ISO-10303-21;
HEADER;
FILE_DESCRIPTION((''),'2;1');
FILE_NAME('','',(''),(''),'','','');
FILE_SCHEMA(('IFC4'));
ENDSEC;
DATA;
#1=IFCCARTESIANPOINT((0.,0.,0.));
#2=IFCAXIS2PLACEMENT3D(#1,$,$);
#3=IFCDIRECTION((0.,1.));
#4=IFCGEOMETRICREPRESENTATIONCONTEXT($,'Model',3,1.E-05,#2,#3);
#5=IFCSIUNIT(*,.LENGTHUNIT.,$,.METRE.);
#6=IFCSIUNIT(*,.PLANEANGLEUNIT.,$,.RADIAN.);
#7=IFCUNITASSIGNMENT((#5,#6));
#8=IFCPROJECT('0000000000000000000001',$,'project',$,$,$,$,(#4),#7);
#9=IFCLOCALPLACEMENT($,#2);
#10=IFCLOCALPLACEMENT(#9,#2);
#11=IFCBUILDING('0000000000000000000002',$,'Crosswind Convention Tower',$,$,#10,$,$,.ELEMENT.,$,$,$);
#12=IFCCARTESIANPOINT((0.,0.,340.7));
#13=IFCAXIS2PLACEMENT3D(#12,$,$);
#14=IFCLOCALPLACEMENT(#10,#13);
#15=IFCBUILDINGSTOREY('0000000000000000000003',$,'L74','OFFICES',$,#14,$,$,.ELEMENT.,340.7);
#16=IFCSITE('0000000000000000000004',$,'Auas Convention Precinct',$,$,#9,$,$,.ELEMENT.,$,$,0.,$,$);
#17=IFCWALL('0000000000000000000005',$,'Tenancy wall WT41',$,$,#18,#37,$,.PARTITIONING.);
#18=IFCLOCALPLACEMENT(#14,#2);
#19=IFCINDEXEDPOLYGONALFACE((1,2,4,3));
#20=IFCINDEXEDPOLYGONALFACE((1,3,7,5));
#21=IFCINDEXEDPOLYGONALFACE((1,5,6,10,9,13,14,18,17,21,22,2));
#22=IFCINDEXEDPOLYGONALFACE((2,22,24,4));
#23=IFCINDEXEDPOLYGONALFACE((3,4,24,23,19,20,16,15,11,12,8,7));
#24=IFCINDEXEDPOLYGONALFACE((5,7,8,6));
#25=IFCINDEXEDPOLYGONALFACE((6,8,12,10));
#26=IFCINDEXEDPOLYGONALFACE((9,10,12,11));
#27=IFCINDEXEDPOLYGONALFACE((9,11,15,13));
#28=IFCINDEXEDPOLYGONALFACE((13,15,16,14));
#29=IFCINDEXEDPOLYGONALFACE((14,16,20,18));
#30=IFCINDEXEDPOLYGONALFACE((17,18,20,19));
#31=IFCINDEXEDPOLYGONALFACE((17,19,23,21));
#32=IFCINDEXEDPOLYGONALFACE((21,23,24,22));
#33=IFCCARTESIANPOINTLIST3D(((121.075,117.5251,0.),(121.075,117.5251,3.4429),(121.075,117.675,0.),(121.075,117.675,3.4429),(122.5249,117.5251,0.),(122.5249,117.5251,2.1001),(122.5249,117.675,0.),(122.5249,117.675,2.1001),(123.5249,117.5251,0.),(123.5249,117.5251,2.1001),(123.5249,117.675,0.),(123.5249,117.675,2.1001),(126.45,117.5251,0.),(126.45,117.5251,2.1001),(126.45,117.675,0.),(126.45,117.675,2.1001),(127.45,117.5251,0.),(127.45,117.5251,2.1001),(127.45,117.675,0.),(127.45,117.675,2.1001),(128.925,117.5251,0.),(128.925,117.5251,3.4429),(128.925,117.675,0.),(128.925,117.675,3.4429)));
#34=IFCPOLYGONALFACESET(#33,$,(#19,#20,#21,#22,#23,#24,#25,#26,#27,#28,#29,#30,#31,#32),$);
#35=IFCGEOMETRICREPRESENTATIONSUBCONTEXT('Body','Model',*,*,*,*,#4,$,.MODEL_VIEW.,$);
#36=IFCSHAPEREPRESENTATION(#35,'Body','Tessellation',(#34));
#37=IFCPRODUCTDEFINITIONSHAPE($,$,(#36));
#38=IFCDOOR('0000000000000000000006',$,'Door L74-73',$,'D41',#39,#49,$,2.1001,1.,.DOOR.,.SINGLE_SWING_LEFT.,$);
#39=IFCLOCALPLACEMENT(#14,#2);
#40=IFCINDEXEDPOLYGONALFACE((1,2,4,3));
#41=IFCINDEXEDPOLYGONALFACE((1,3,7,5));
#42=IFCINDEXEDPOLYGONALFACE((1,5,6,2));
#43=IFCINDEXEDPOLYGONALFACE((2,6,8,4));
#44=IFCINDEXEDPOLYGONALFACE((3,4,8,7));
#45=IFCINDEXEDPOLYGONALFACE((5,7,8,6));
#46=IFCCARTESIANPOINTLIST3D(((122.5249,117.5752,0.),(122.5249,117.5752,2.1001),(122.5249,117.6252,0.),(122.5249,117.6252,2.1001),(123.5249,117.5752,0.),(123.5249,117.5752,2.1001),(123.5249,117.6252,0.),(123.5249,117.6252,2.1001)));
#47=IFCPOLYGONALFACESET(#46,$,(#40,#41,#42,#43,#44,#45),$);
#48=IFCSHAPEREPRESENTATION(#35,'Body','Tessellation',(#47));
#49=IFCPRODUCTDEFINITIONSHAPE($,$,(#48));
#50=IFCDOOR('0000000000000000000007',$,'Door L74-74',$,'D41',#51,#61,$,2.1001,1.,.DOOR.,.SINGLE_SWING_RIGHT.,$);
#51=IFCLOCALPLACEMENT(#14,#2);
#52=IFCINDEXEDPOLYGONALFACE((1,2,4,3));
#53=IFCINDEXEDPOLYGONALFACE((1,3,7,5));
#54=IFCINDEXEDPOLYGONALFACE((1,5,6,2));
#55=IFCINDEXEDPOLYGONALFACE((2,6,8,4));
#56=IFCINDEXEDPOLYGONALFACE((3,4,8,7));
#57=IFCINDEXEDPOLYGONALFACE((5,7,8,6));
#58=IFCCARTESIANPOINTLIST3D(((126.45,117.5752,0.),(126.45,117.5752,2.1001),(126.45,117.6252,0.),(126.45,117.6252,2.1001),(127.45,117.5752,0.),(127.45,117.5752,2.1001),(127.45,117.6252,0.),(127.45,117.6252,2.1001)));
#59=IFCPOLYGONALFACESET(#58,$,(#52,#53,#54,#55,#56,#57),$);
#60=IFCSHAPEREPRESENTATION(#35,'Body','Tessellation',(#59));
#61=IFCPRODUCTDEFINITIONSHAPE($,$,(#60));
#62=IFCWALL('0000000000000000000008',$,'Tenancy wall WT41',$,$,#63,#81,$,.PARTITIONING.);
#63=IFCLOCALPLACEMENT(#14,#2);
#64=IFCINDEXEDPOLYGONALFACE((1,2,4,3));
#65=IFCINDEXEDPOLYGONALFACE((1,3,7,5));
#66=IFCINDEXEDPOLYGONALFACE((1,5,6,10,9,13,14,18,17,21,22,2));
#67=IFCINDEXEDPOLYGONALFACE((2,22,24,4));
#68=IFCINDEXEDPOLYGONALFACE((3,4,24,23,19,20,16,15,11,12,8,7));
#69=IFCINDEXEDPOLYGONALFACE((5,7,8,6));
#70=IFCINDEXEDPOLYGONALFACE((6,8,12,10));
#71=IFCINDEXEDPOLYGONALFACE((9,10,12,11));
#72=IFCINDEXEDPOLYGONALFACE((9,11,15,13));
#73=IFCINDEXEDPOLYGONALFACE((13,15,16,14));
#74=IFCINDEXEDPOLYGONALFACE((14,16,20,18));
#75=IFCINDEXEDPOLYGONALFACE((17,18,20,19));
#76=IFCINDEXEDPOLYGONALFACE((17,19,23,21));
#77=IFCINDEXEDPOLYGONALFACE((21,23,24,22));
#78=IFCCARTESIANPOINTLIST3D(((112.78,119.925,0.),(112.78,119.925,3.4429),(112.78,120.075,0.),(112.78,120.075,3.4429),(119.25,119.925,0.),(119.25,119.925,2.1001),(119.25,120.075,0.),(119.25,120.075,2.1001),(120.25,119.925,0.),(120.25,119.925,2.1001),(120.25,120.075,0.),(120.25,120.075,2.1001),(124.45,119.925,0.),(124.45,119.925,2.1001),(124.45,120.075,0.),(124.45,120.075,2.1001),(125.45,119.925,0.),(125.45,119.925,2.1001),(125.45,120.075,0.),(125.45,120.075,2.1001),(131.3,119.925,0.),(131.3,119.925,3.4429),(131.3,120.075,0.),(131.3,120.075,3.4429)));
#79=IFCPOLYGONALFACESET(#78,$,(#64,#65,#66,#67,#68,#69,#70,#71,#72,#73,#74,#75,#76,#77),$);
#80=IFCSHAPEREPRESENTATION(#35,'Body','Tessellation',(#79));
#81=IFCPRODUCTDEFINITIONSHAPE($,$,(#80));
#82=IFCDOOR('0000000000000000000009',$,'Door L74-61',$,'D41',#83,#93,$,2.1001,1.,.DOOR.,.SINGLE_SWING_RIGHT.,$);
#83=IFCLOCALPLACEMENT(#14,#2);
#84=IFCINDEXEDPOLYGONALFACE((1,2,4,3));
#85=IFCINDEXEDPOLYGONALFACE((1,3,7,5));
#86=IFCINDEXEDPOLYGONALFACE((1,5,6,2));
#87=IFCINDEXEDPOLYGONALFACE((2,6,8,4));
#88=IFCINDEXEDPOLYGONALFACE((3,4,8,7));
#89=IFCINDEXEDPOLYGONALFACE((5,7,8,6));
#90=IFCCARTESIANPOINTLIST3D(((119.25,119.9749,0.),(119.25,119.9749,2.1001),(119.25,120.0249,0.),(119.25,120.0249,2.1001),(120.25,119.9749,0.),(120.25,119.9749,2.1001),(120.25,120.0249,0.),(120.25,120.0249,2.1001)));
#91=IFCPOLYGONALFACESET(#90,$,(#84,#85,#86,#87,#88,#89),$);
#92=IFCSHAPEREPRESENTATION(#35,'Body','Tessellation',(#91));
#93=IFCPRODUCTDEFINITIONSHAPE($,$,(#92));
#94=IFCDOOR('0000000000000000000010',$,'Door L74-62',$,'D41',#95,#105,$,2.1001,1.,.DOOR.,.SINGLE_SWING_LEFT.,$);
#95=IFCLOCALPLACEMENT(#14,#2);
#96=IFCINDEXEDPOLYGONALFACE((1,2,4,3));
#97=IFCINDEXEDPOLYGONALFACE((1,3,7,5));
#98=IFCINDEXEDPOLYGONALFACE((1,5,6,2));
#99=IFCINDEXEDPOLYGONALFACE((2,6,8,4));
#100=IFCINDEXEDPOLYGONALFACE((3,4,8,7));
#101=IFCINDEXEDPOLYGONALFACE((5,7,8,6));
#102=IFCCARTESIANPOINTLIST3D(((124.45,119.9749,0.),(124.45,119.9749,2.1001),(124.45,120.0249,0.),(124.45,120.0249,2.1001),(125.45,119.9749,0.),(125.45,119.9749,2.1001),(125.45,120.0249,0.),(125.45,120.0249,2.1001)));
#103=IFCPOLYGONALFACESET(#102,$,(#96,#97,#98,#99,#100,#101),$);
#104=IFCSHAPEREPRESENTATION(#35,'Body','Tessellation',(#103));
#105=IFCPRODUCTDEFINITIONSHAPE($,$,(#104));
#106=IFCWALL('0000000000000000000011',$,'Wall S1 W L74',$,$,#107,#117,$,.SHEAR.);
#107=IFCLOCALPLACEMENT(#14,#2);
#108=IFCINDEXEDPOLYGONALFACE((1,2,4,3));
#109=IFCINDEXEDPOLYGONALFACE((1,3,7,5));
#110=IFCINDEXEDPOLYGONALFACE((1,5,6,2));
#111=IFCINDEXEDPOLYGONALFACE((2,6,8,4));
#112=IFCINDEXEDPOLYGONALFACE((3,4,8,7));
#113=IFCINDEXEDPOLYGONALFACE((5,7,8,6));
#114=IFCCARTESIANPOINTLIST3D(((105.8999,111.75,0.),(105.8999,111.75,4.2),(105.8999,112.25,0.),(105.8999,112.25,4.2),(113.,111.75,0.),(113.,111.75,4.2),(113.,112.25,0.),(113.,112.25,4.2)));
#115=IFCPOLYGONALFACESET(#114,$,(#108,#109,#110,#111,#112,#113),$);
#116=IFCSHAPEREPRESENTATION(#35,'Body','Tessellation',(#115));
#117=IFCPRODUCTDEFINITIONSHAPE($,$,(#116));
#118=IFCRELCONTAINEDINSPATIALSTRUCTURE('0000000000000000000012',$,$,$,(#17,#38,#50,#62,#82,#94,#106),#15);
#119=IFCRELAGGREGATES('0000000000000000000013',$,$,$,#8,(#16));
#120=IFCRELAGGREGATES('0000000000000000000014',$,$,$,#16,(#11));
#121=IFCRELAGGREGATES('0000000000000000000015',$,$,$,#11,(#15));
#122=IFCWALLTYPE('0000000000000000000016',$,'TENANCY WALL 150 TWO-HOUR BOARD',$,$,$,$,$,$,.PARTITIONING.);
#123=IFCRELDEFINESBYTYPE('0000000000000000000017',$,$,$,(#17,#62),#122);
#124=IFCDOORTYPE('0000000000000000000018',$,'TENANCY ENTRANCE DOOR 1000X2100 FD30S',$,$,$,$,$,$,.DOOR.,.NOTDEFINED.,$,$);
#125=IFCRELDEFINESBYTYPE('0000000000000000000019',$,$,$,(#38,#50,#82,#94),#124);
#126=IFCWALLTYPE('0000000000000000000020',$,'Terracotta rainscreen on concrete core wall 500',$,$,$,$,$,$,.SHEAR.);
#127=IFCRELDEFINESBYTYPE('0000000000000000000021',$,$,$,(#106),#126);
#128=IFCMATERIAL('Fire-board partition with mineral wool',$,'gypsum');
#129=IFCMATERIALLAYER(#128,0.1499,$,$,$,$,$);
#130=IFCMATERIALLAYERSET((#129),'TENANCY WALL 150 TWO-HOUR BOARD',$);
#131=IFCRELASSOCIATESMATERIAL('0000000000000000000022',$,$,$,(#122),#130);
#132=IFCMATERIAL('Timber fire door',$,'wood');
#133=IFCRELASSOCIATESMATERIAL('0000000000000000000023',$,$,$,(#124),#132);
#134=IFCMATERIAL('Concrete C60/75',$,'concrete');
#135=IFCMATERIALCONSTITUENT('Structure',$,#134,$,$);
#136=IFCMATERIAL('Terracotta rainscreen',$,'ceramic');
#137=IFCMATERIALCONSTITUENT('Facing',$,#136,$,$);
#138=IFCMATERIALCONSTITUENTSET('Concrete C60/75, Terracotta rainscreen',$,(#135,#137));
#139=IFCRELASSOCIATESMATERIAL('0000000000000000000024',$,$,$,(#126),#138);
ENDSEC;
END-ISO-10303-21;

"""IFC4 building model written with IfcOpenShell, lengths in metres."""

from ifc_helpers import new_model, si_unit, direction, frame, frame_2d, origin, place, context, subcontext, project, spatial, rectangle, extrude, material, layer, layer_set, constituent, constituent_set, type_object, element, fill, save


model = new_model("IFC4")

# Units and contexts
model_context = context("Model", 3, precision=1e-05, world=origin(), true_north=direction((0.0, 1.0)))
body_context = subcontext(model_context, "Body", "Model", "MODEL_VIEW")
ifc_project = project(units=[si_unit("LENGTHUNIT", "METRE"), si_unit("PLANEANGLEUNIT", "RADIAN")], contexts=[model_context])

# Site, building, storey
site_placement = place(None, origin())
site = spatial("IfcSite", under=ifc_project, at=site_placement, Name="Auas Convention Precinct", CompositionType="ELEMENT", RefElevation=0.0)
building_placement = place(site_placement, origin())
building = spatial("IfcBuilding", under=site, at=building_placement, Name="Crosswind Convention Tower", CompositionType="ELEMENT")
storey_placement = place(building_placement, frame((0.0, 0.0, 340.7)))
storey = spatial("IfcBuildingStorey", under=building, at=storey_placement, Name="L74", Description="OFFICES", CompositionType="ELEMENT", Elevation=340.7)

# Shared definitions
ifc_material_1 = material(Name="Concrete C60/75", Category="concrete")

# Shared definitions
ifc_material_2 = material(Name="Fire-board partition with mineral wool", Category="gypsum")
ifc_layer_1 = layer(ifc_material_2, 0.1499)
ifc_layer_set_1 = layer_set([ifc_layer_1], Name="TENANCY WALL 150 TWO-HOUR BOARD")
wall_type_1 = type_object("IfcWallType", Name="TENANCY WALL 150 TWO-HOUR BOARD", PredefinedType="PARTITIONING", material=ifc_layer_set_1)

# Walls, openings, doors
wall_1_placement = place(storey_placement, frame((121.075, 117.6001, 0.0), z_axis=(0.0, 0.0, 1.0), x_axis=(1.0, 0.0, 0.0)))
wall_1 = element("IfcWall", 1, at=wall_1_placement, inside=storey, type_object=wall_type_1, Name="Tenancy wall WT41", PredefinedType="PARTITIONING", context=body_context, shape_type="SweptSolid", body=[
    extrude(rectangle(XDim=7.8501, YDim=0.1499, at=frame_2d((3.925, 0.0))), origin(), (0.0, 0.0, 1.0), 3.4429),
])
opening_1_placement = place(wall_1_placement, frame((1.45, 0.0, 0.0)))
opening_1 = element("IfcOpeningElement", 2, at=opening_1_placement, cuts=wall_1, PredefinedType="OPENING", context=body_context, shape_type="SweptSolid", body=[
    extrude(rectangle(XDim=1.0, YDim=2.1001, at=frame_2d((0.5, 1.05))), frame((0.0, 0.085, 0.0), z_axis=(0.0, -1.0, 0.0), x_axis=(1.0, 0.0, 0.0)), (0.0, 0.0, 1.0), 0.1699),
])
opening_2_placement = place(wall_1_placement, frame((5.375, 0.0, 0.0)))
opening_2 = element("IfcOpeningElement", 3, at=opening_2_placement, cuts=wall_1, PredefinedType="OPENING", context=body_context, shape_type="SweptSolid", body=[
    extrude(rectangle(XDim=1.0, YDim=2.1001, at=frame_2d((0.5, 1.05))), frame((0.0, 0.085, 0.0), z_axis=(0.0, -1.0, 0.0), x_axis=(1.0, 0.0, 0.0)), (0.0, 0.0, 1.0), 0.1699),
])
ifc_material_3 = material(Name="Timber fire door", Category="wood")
door_type = type_object("IfcDoorType", Name="TENANCY ENTRANCE DOOR 1000X2100 FD30S", OperationType="NOTDEFINED", PredefinedType="DOOR", material=ifc_material_3)
door_1_placement = place(opening_1_placement, frame((1.0, 0.0, 0.0), z_axis=(0.0, 0.0, 1.0), x_axis=(-1.0, 0.0, 0.0)))
door_1 = element("IfcDoor", 4, at=door_1_placement, inside=storey, type_object=door_type, Name="Door L74-73", ObjectType="D41", OperationType="SINGLE_SWING_LEFT", OverallHeight=2.1001, OverallWidth=1.0, PredefinedType="DOOR", context=body_context, shape_type="SweptSolid", body=[
    extrude(rectangle(XDim=1.0, YDim=2.1001, at=frame_2d((0.5, 1.05))), frame((0.0, 0.0249, 0.0), z_axis=(0.0, -1.0, 0.0), x_axis=(1.0, 0.0, 0.0)), (0.0, 0.0, 1.0), 0.05),
])
fill(opening_1, door_1)
door_2_placement = place(opening_2_placement, frame((1.0, 0.0, 0.0), z_axis=(0.0, 0.0, 1.0), x_axis=(-1.0, 0.0, 0.0)))
door_2 = element("IfcDoor", 5, at=door_2_placement, inside=storey, type_object=door_type, Name="Door L74-74", ObjectType="D41", OperationType="SINGLE_SWING_RIGHT", OverallHeight=2.1001, OverallWidth=1.0, PredefinedType="DOOR", context=body_context, shape_type="SweptSolid", body=[
    extrude(rectangle(XDim=1.0, YDim=2.1001, at=frame_2d((0.5, 1.05))), frame((0.0, 0.0249, 0.0), z_axis=(0.0, -1.0, 0.0), x_axis=(1.0, 0.0, 0.0)), (0.0, 0.0, 1.0), 0.05),
])
fill(opening_2, door_2)
wall_2_placement = place(storey_placement, frame((112.78, 120.0, 0.0), z_axis=(0.0, 0.0, 1.0), x_axis=(1.0, 0.0, 0.0)))
wall_2 = element("IfcWall", 6, at=wall_2_placement, inside=storey, type_object=wall_type_1, Name="Tenancy wall WT41", PredefinedType="PARTITIONING", context=body_context, shape_type="SweptSolid", body=[
    extrude(rectangle(XDim=18.52, YDim=0.1499, at=frame_2d((9.26, 0.0))), origin(), (0.0, 0.0, 1.0), 3.4429),
])
opening_3_placement = place(wall_2_placement, frame((6.47, 0.0, 0.0)))
opening_3 = element("IfcOpeningElement", 7, at=opening_3_placement, cuts=wall_2, PredefinedType="OPENING", context=body_context, shape_type="SweptSolid", body=[
    extrude(rectangle(XDim=1.0, YDim=2.1001, at=frame_2d((0.5, 1.05))), frame((0.0, 0.085, 0.0), z_axis=(0.0, -1.0, 0.0), x_axis=(1.0, 0.0, 0.0)), (0.0, 0.0, 1.0), 0.1699),
])
opening_4_placement = place(wall_2_placement, frame((11.6699, 0.0, 0.0)))
opening_4 = element("IfcOpeningElement", 8, at=opening_4_placement, cuts=wall_2, PredefinedType="OPENING", context=body_context, shape_type="SweptSolid", body=[
    extrude(rectangle(XDim=1.0, YDim=2.1001, at=frame_2d((0.5, 1.05))), frame((0.0, 0.085, 0.0), z_axis=(0.0, -1.0, 0.0), x_axis=(1.0, 0.0, 0.0)), (0.0, 0.0, 1.0), 0.1699),
])
door_3_placement = place(opening_3_placement, origin())
door_3 = element("IfcDoor", 9, at=door_3_placement, inside=storey, type_object=door_type, Name="Door L74-61", ObjectType="D41", OperationType="SINGLE_SWING_RIGHT", OverallHeight=2.1001, OverallWidth=1.0, PredefinedType="DOOR", context=body_context, shape_type="SweptSolid", body=[
    extrude(rectangle(XDim=1.0, YDim=2.1001, at=frame_2d((0.5, 1.05))), frame((0.0, 0.0249, 0.0), z_axis=(0.0, -1.0, 0.0), x_axis=(1.0, 0.0, 0.0)), (0.0, 0.0, 1.0), 0.05),
])
fill(opening_3, door_3)
door_4_placement = place(opening_4_placement, origin())
door_4 = element("IfcDoor", 10, at=door_4_placement, inside=storey, type_object=door_type, Name="Door L74-62", ObjectType="D41", OperationType="SINGLE_SWING_LEFT", OverallHeight=2.1001, OverallWidth=1.0, PredefinedType="DOOR", context=body_context, shape_type="SweptSolid", body=[
    extrude(rectangle(XDim=1.0, YDim=2.1001, at=frame_2d((0.5, 1.05))), frame((0.0, 0.0249, 0.0), z_axis=(0.0, -1.0, 0.0), x_axis=(1.0, 0.0, 0.0)), (0.0, 0.0, 1.0), 0.05),
])
fill(opening_4, door_4)

# Wall
ifc_constituent_1 = constituent(ifc_material_1, Name="Structure")
ifc_material_4 = material(Name="Terracotta rainscreen", Category="ceramic")
ifc_constituent_2 = constituent(ifc_material_4, Name="Facing")
ifc_constituent_set = constituent_set(constituents=[ifc_constituent_1, ifc_constituent_2], Name="Concrete C60/75, Terracotta rainscreen")
wall_type_2 = type_object("IfcWallType", Name="Terracotta rainscreen on concrete core wall 500", PredefinedType="SHEAR", material=ifc_constituent_set)
wall_3_placement = place(storey_placement, frame((113.0, 112.0, 0.0), z_axis=(0.0, 0.0, 1.0), x_axis=(-1.0, 0.0, 0.0)))
element("IfcWall", 11, at=wall_3_placement, inside=storey, type_object=wall_type_2, Name="Wall S1 W L74", PredefinedType="SHEAR", context=body_context, shape_type="SweptSolid", body=[
    extrude(rectangle(XDim=7.1001, YDim=0.5, at=frame_2d((3.55, 0.0))), origin(), (0.0, 0.0, 1.0), 4.2),
])

save(model, "model.ifc")
